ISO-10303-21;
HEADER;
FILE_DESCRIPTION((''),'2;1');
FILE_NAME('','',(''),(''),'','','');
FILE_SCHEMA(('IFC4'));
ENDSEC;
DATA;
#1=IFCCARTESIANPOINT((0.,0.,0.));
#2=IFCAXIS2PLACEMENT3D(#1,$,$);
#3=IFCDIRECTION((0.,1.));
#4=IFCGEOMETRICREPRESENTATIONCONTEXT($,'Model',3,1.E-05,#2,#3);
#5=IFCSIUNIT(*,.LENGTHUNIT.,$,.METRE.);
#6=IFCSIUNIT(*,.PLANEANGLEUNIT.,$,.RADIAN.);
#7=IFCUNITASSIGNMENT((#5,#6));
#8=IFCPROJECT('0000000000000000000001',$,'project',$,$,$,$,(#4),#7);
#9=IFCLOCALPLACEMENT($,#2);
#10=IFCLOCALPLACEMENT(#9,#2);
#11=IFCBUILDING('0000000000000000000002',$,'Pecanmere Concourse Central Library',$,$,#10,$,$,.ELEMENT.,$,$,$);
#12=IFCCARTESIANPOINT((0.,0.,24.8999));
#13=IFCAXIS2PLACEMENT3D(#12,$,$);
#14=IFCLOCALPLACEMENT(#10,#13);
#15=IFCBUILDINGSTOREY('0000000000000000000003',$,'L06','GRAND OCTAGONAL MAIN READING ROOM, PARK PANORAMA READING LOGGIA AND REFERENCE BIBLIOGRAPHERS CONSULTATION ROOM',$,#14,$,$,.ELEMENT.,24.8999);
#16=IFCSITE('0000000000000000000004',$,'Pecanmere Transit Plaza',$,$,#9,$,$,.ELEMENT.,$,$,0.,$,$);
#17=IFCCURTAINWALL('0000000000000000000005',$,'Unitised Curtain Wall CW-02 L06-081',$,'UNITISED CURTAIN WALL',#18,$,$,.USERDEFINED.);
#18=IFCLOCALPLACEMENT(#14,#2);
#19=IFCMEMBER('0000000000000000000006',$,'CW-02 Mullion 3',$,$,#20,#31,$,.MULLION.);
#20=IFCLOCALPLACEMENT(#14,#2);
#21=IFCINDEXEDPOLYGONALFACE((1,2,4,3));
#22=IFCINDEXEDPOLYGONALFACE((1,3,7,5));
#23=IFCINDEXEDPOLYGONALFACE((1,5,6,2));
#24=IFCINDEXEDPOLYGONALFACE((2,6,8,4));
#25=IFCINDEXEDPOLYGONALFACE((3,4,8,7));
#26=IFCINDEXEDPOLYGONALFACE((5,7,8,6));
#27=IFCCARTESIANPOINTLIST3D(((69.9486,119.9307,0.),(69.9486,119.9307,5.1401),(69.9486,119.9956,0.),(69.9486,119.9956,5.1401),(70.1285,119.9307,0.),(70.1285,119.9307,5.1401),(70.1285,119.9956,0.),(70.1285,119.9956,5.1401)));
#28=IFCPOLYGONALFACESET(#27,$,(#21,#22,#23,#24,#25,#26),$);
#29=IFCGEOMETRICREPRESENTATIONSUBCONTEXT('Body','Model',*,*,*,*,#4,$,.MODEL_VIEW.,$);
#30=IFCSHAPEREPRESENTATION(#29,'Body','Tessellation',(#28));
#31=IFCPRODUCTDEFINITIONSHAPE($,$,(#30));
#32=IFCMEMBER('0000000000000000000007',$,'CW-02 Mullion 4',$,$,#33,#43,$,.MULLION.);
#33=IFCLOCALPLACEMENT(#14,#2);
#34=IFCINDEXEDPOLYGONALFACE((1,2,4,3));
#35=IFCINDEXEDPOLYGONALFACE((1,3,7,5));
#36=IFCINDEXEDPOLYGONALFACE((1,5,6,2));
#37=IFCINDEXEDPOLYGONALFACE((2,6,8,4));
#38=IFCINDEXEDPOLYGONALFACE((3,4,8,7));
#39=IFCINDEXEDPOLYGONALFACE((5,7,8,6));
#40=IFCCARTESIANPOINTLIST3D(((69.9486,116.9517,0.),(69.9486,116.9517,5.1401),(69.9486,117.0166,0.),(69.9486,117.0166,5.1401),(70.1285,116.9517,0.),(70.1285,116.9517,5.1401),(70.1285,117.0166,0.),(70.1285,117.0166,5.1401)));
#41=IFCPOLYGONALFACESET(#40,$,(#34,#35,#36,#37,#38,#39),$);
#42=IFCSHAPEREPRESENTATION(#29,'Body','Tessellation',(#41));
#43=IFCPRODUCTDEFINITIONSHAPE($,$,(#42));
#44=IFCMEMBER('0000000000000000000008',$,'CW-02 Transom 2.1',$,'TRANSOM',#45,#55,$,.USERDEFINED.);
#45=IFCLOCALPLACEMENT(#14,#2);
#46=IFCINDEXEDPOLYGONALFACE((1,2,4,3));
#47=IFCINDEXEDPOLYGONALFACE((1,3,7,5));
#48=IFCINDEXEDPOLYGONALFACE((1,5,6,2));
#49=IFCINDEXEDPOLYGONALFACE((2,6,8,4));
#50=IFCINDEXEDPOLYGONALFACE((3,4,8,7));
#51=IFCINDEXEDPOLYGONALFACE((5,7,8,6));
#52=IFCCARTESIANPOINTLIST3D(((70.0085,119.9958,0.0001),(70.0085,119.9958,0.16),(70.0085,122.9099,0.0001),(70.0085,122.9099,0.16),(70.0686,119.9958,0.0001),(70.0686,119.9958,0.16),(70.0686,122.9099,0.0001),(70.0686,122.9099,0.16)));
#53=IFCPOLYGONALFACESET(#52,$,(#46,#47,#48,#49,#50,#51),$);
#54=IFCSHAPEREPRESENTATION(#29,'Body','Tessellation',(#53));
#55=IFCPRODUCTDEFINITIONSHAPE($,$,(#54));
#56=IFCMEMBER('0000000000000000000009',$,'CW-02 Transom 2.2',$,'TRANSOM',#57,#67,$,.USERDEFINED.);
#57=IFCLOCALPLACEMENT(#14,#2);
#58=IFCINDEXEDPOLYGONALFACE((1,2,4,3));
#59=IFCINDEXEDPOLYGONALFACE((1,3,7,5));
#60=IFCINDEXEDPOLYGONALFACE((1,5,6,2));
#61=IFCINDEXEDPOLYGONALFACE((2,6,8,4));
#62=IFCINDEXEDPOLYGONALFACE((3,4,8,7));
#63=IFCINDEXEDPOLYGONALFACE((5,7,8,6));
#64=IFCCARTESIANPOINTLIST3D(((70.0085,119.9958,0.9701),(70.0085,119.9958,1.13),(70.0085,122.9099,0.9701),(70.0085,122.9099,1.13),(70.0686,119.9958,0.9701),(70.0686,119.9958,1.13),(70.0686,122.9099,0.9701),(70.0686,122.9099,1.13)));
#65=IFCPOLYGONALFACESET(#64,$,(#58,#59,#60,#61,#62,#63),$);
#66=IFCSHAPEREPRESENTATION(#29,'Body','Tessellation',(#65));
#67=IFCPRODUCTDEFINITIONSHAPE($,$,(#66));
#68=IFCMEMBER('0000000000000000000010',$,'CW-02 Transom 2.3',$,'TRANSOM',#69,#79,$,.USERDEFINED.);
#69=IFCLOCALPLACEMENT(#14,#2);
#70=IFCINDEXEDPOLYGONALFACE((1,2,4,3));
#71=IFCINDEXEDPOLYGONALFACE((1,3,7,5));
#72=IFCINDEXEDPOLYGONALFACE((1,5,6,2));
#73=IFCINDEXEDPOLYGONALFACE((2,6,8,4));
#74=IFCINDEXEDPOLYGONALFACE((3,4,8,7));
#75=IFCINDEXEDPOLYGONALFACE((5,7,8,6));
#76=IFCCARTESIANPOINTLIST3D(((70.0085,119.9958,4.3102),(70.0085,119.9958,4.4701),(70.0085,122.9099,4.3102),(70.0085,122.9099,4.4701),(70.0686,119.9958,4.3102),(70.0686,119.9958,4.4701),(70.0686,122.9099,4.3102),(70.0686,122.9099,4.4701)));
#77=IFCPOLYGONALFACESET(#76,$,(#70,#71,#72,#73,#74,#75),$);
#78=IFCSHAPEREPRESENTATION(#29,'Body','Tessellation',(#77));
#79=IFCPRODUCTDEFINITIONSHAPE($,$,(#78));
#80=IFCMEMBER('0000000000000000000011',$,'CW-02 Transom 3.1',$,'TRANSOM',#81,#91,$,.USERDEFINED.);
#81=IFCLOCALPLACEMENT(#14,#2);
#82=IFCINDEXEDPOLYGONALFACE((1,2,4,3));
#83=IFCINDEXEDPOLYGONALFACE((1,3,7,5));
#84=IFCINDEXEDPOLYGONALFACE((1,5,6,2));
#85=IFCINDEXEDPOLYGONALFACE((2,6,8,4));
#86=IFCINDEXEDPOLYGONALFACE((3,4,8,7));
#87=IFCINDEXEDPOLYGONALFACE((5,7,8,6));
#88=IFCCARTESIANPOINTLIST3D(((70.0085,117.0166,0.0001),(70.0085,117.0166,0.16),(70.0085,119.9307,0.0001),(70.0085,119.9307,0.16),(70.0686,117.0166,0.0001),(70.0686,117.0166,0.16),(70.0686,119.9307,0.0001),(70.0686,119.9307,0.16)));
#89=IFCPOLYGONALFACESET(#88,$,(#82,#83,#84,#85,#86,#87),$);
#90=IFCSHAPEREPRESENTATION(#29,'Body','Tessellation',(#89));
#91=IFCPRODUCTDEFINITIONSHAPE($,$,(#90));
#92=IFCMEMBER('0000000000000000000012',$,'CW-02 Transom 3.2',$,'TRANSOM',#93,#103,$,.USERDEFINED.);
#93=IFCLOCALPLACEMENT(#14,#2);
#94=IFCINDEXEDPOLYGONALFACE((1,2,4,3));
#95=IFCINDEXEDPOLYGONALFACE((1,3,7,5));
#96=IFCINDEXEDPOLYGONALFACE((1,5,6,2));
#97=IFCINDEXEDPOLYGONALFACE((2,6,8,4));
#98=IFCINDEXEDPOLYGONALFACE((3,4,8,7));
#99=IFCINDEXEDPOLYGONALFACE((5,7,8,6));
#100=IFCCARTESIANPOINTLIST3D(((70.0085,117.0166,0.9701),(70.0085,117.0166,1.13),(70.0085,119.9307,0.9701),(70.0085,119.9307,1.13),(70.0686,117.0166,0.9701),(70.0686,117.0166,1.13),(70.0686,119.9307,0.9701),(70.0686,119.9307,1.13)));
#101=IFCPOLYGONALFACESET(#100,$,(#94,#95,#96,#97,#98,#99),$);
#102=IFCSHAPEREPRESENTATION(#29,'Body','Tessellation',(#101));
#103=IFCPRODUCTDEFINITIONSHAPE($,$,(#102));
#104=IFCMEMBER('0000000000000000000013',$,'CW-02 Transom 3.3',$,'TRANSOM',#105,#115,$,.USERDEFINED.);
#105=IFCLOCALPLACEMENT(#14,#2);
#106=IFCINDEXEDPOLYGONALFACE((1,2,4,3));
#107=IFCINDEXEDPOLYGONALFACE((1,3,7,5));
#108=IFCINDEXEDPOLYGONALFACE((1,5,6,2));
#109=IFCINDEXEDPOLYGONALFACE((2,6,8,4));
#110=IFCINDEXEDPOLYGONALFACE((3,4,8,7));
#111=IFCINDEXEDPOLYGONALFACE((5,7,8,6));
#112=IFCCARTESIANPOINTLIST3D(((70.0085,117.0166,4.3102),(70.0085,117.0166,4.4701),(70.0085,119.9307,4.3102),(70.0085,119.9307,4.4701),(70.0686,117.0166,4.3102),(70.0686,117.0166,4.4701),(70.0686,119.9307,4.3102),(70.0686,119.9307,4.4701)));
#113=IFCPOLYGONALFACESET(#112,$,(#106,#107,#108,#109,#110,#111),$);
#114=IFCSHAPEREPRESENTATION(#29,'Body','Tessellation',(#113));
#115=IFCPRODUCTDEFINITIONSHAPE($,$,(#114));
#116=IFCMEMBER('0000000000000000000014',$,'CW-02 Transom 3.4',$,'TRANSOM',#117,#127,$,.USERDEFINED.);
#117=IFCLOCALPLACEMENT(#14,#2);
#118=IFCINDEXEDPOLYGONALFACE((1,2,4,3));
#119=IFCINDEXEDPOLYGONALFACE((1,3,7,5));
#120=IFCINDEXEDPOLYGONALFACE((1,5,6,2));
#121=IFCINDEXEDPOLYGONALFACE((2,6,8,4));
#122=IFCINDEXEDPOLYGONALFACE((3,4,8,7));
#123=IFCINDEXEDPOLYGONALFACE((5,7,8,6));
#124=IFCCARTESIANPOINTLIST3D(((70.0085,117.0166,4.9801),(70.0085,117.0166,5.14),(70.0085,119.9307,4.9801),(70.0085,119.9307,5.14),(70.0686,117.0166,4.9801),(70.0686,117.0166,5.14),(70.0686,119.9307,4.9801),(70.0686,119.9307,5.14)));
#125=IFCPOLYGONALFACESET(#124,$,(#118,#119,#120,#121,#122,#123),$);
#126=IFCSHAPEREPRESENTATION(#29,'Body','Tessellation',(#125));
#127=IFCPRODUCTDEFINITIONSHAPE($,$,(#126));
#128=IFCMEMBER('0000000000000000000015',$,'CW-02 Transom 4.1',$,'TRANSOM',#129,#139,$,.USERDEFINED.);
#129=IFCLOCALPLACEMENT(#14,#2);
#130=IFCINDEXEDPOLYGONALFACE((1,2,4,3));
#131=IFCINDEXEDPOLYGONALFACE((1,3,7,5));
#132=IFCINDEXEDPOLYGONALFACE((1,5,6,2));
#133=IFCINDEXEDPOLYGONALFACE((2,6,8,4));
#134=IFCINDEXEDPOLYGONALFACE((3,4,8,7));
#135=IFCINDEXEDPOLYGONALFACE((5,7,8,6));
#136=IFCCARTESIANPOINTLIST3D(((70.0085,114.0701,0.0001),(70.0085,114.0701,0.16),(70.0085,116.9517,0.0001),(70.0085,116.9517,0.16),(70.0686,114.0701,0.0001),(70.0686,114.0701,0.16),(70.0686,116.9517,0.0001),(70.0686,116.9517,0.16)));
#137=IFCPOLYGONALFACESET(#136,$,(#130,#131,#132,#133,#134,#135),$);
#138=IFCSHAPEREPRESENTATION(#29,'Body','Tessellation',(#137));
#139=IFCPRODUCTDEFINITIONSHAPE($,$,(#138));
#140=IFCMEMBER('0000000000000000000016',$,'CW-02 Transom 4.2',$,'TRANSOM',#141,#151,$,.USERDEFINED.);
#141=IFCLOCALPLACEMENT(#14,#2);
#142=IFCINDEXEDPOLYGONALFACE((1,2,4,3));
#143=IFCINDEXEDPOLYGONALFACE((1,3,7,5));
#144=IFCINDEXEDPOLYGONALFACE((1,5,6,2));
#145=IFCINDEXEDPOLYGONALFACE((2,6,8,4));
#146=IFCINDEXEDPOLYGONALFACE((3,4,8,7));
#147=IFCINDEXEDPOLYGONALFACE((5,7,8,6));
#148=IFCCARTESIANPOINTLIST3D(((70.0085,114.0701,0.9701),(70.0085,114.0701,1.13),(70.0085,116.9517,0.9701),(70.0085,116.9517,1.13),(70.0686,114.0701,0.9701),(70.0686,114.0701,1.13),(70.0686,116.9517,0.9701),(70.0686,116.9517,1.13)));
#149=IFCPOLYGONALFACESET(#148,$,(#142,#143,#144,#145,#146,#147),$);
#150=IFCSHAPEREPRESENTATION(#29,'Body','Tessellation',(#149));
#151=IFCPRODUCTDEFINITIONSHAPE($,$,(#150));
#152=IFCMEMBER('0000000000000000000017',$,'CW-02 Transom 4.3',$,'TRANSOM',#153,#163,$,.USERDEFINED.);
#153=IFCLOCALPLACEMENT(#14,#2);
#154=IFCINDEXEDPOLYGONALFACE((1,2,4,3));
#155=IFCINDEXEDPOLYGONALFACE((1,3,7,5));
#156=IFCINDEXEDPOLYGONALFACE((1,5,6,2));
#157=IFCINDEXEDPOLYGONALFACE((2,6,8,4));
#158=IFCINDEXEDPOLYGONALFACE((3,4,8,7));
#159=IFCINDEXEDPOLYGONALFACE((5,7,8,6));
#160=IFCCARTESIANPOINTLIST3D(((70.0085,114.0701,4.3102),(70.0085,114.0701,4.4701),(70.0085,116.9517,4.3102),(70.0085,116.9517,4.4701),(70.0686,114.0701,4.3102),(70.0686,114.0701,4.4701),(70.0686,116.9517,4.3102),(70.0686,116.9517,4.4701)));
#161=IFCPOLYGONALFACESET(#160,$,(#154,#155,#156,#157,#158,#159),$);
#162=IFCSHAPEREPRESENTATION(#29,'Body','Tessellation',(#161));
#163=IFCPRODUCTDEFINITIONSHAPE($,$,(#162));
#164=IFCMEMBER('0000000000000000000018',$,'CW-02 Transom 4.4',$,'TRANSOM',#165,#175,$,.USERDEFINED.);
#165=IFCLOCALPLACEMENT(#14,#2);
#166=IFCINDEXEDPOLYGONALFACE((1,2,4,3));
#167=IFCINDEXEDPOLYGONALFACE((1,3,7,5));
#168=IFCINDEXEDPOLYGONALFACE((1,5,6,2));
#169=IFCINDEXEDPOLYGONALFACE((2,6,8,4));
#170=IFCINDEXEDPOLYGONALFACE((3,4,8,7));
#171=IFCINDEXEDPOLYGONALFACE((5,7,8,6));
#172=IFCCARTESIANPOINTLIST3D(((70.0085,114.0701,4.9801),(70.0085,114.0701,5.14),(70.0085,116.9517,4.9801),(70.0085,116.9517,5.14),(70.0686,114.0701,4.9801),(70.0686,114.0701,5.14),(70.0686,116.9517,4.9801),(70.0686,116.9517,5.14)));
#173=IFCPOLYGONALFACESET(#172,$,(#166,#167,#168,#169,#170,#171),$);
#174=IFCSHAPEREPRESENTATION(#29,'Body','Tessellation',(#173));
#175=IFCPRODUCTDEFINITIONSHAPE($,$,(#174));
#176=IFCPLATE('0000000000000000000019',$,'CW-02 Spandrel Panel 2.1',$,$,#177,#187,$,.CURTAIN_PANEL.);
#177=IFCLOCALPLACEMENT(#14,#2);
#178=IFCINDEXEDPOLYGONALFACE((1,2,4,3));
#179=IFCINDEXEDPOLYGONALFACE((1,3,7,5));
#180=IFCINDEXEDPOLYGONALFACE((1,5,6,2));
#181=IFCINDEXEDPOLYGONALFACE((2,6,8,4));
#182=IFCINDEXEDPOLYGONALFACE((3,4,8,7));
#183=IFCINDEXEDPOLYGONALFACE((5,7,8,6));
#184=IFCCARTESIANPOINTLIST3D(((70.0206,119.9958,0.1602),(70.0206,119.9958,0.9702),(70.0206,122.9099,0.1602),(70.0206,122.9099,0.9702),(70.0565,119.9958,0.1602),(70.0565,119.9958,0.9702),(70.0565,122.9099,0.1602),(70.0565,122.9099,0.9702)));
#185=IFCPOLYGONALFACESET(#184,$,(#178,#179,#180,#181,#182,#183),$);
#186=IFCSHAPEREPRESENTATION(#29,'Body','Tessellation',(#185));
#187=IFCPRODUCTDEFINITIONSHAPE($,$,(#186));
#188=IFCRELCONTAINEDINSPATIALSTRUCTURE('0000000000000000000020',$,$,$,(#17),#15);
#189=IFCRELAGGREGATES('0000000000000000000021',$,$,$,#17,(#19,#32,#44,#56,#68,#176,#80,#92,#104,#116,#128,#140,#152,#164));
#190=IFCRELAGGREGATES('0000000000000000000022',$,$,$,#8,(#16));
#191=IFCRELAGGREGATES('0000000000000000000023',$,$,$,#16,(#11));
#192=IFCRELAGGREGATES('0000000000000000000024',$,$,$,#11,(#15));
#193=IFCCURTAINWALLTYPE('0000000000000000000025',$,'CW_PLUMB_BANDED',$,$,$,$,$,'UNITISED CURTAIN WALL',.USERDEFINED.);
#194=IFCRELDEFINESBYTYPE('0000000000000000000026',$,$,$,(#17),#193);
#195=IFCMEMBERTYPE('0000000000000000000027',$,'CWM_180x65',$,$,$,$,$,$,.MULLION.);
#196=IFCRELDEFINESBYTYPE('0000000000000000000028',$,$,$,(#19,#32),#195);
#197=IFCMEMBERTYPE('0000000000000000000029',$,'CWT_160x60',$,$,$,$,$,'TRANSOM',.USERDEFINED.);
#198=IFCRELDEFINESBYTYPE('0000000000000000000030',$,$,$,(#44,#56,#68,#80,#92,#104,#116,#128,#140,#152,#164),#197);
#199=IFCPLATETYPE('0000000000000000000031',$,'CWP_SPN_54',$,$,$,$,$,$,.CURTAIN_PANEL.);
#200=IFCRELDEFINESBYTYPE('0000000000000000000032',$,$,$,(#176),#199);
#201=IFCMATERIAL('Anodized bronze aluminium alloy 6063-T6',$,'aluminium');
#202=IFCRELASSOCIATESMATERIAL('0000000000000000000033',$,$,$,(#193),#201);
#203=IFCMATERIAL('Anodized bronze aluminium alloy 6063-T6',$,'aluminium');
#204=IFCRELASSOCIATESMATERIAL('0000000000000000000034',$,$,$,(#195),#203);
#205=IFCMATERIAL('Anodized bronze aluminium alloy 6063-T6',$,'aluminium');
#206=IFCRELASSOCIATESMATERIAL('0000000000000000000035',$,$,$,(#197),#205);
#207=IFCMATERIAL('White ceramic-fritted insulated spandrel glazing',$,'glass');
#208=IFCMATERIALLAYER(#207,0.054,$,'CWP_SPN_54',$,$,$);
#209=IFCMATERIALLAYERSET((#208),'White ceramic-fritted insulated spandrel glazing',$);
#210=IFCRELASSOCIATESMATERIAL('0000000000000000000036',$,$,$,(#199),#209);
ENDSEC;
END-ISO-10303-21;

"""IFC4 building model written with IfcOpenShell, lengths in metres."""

from ifc_helpers import new_model, si_unit, direction, frame, origin, origin_2d, place, context, subcontext, project, spatial, rectangle, extrude, material, layer, layer_set, material_profile, profile_set, type_object, element, aggregate, save


model = new_model("IFC4")

# Units and contexts
model_context = context("Model", 3, precision=1e-05, world=origin(), true_north=direction((0.0, 1.0)))
body_context = subcontext(model_context, "Body", "Model", "MODEL_VIEW")
ifc_project = project(units=[si_unit("LENGTHUNIT", "METRE"), si_unit("PLANEANGLEUNIT", "RADIAN")], contexts=[model_context])

# Site, building, storey
site_placement = place(None, origin())
site = spatial("IfcSite", under=ifc_project, at=site_placement, Name="Pecanmere Transit Plaza", CompositionType="ELEMENT", RefElevation=0.0)
building_placement = place(site_placement, origin())
building = spatial("IfcBuilding", under=site, at=building_placement, Name="Pecanmere Concourse Central Library", CompositionType="ELEMENT")
storey_placement = place(building_placement, frame((0.0, 0.0, 24.8999)))
storey = spatial("IfcBuildingStorey", under=building, at=storey_placement, Name="L06", Description="GRAND OCTAGONAL MAIN READING ROOM, PARK PANORAMA READING LOGGIA AND REFERENCE BIBLIOGRAPHERS CONSULTATION ROOM", CompositionType="ELEMENT", Elevation=24.8999)

# Curtain wall, members, plate
ifc_material_1 = material(Name="Anodized bronze aluminium alloy 6063-T6", Category="aluminium")
curtain_wall_type = type_object("IfcCurtainWallType", Name="CW_PLUMB_BANDED", ElementType="UNITISED CURTAIN WALL", PredefinedType="USERDEFINED", material=ifc_material_1)
curtain_wall_placement = place(storey_placement, origin())
curtain_wall = element("IfcCurtainWall", 1, at=curtain_wall_placement, inside=storey, type_object=curtain_wall_type, Name="Unitised Curtain Wall CW-02 L06-081", ObjectType="UNITISED CURTAIN WALL", PredefinedType="USERDEFINED")
ifc_material_2 = material(Name="Anodized bronze aluminium alloy 6063-T6", Category="aluminium")
ifc_material_profile_1 = material_profile(ifc_material_2, rectangle(XDim=0.0649, YDim=0.1799, at=origin_2d()), Name="AL 65x180")
ifc_profile_set_1 = profile_set([ifc_material_profile_1], Name="Anodized bronze aluminium alloy 6063-T6")
member_type_1 = type_object("IfcMemberType", Name="CWM_180x65", PredefinedType="MULLION", material=ifc_profile_set_1)
member_1_placement = place(storey_placement, frame((70.0386, 119.9631, 0.0), z_axis=(0.0, 0.0, 1.0), x_axis=(0.0, -1.0, 0.0)))
member_1 = element("IfcMember", 2, at=member_1_placement, type_object=member_type_1, Name="CW-02 Mullion 3", PredefinedType="MULLION", context=body_context, shape_type="SweptSolid", body=[
    extrude(rectangle(XDim=0.0649, YDim=0.1799, at=origin_2d()), origin(), (0.0, 0.0, 1.0), 5.1401),
])
member_2_placement = place(storey_placement, frame((70.0386, 116.9841, 0.0), z_axis=(0.0, 0.0, 1.0), x_axis=(0.0, -1.0, 0.0)))
member_2 = element("IfcMember", 3, at=member_2_placement, type_object=member_type_1, Name="CW-02 Mullion 4", PredefinedType="MULLION", context=body_context, shape_type="SweptSolid", body=[
    extrude(rectangle(XDim=0.0649, YDim=0.1799, at=origin_2d()), origin(), (0.0, 0.0, 1.0), 5.1401),
])
ifc_material_3 = material(Name="Anodized bronze aluminium alloy 6063-T6", Category="aluminium")
ifc_material_profile_2 = material_profile(ifc_material_3, rectangle(XDim=0.0601, YDim=0.1599, at=origin_2d()), Name="AL 60x160")
ifc_profile_set_2 = profile_set([ifc_material_profile_2], Name="Anodized bronze aluminium alloy 6063-T6")
member_type_2 = type_object("IfcMemberType", Name="CWT_160x60", ElementType="TRANSOM", PredefinedType="USERDEFINED", material=ifc_profile_set_2)
member_3_placement = place(storey_placement, frame((70.0386, 122.9099, 0.0801), z_axis=(0.0, -1.0, 0.0), x_axis=(1.0, 0.0, 0.0)))
member_3 = element("IfcMember", 4, at=member_3_placement, type_object=member_type_2, Name="CW-02 Transom 2.1", ObjectType="TRANSOM", PredefinedType="USERDEFINED", context=body_context, shape_type="SweptSolid", body=[
    extrude(rectangle(XDim=0.0601, YDim=0.1599, at=origin_2d()), origin(), (0.0, 0.0, 1.0), 2.9141),
])
member_4_placement = place(storey_placement, frame((70.0386, 122.9099, 1.05), z_axis=(0.0, -1.0, 0.0), x_axis=(1.0, 0.0, 0.0)))
member_4 = element("IfcMember", 5, at=member_4_placement, type_object=member_type_2, Name="CW-02 Transom 2.2", ObjectType="TRANSOM", PredefinedType="USERDEFINED", context=body_context, shape_type="SweptSolid", body=[
    extrude(rectangle(XDim=0.0601, YDim=0.1599, at=origin_2d()), origin(), (0.0, 0.0, 1.0), 2.9141),
])
member_5_placement = place(storey_placement, frame((70.0386, 122.9099, 4.3901), z_axis=(0.0, -1.0, 0.0), x_axis=(1.0, 0.0, 0.0)))
member_5 = element("IfcMember", 6, at=member_5_placement, type_object=member_type_2, Name="CW-02 Transom 2.3", ObjectType="TRANSOM", PredefinedType="USERDEFINED", context=body_context, shape_type="SweptSolid", body=[
    extrude(rectangle(XDim=0.0601, YDim=0.1599, at=origin_2d()), origin(), (0.0, 0.0, 1.0), 2.9141),
])
member_6_placement = place(storey_placement, frame((70.0386, 119.9307, 0.0801), z_axis=(0.0, -1.0, 0.0), x_axis=(1.0, 0.0, 0.0)))
member_6 = element("IfcMember", 7, at=member_6_placement, type_object=member_type_2, Name="CW-02 Transom 3.1", ObjectType="TRANSOM", PredefinedType="USERDEFINED", context=body_context, shape_type="SweptSolid", body=[
    extrude(rectangle(XDim=0.0601, YDim=0.1599, at=origin_2d()), origin(), (0.0, 0.0, 1.0), 2.9141),
])
member_7_placement = place(storey_placement, frame((70.0386, 119.9307, 1.05), z_axis=(0.0, -1.0, 0.0), x_axis=(1.0, 0.0, 0.0)))
member_7 = element("IfcMember", 8, at=member_7_placement, type_object=member_type_2, Name="CW-02 Transom 3.2", ObjectType="TRANSOM", PredefinedType="USERDEFINED", context=body_context, shape_type="SweptSolid", body=[
    extrude(rectangle(XDim=0.0601, YDim=0.1599, at=origin_2d()), origin(), (0.0, 0.0, 1.0), 2.9141),
])
member_8_placement = place(storey_placement, frame((70.0386, 119.9307, 4.3901), z_axis=(0.0, -1.0, 0.0), x_axis=(1.0, 0.0, 0.0)))
member_8 = element("IfcMember", 9, at=member_8_placement, type_object=member_type_2, Name="CW-02 Transom 3.3", ObjectType="TRANSOM", PredefinedType="USERDEFINED", context=body_context, shape_type="SweptSolid", body=[
    extrude(rectangle(XDim=0.0601, YDim=0.1599, at=origin_2d()), origin(), (0.0, 0.0, 1.0), 2.9141),
])
member_9_placement = place(storey_placement, frame((70.0386, 119.9307, 5.0601), z_axis=(0.0, -1.0, 0.0), x_axis=(1.0, 0.0, 0.0)))
member_9 = element("IfcMember", 10, at=member_9_placement, type_object=member_type_2, Name="CW-02 Transom 3.4", ObjectType="TRANSOM", PredefinedType="USERDEFINED", context=body_context, shape_type="SweptSolid", body=[
    extrude(rectangle(XDim=0.0601, YDim=0.1599, at=origin_2d()), origin(), (0.0, 0.0, 1.0), 2.9141),
])
member_10_placement = place(storey_placement, frame((70.0386, 116.9517, 0.0801), z_axis=(0.0, -1.0, 0.0), x_axis=(1.0, 0.0, 0.0)))
member_10 = element("IfcMember", 11, at=member_10_placement, type_object=member_type_2, Name="CW-02 Transom 4.1", ObjectType="TRANSOM", PredefinedType="USERDEFINED", context=body_context, shape_type="SweptSolid", body=[
    extrude(rectangle(XDim=0.0601, YDim=0.1599, at=origin_2d()), origin(), (0.0, 0.0, 1.0), 2.8816),
])
member_11_placement = place(storey_placement, frame((70.0386, 116.9517, 1.05), z_axis=(0.0, -1.0, 0.0), x_axis=(1.0, 0.0, 0.0)))
member_11 = element("IfcMember", 12, at=member_11_placement, type_object=member_type_2, Name="CW-02 Transom 4.2", ObjectType="TRANSOM", PredefinedType="USERDEFINED", context=body_context, shape_type="SweptSolid", body=[
    extrude(rectangle(XDim=0.0601, YDim=0.1599, at=origin_2d()), origin(), (0.0, 0.0, 1.0), 2.8816),
])
member_12_placement = place(storey_placement, frame((70.0386, 116.9517, 4.3901), z_axis=(0.0, -1.0, 0.0), x_axis=(1.0, 0.0, 0.0)))
member_12 = element("IfcMember", 13, at=member_12_placement, type_object=member_type_2, Name="CW-02 Transom 4.3", ObjectType="TRANSOM", PredefinedType="USERDEFINED", context=body_context, shape_type="SweptSolid", body=[
    extrude(rectangle(XDim=0.0601, YDim=0.1599, at=origin_2d()), origin(), (0.0, 0.0, 1.0), 2.8816),
])
member_13_placement = place(storey_placement, frame((70.0386, 116.9517, 5.0601), z_axis=(0.0, -1.0, 0.0), x_axis=(1.0, 0.0, 0.0)))
member_13 = element("IfcMember", 14, at=member_13_placement, type_object=member_type_2, Name="CW-02 Transom 4.4", ObjectType="TRANSOM", PredefinedType="USERDEFINED", context=body_context, shape_type="SweptSolid", body=[
    extrude(rectangle(XDim=0.0601, YDim=0.1599, at=origin_2d()), origin(), (0.0, 0.0, 1.0), 2.8816),
])
ifc_material_4 = material(Name="White ceramic-fritted insulated spandrel glazing", Category="glass")
ifc_layer_1 = layer(ifc_material_4, 0.054, Name="CWP_SPN_54")
ifc_layer_set_1 = layer_set([ifc_layer_1], Name="White ceramic-fritted insulated spandrel glazing")
plate_type_1 = type_object("IfcPlateType", Name="CWP_SPN_54", PredefinedType="CURTAIN_PANEL", material=ifc_layer_set_1)
plate_1_placement = place(storey_placement, frame((70.0386, 121.4529, 0.1602), z_axis=(0.0, 0.0, 1.0), x_axis=(0.0, -1.0, 0.0)))
plate_1 = element("IfcPlate", 15, at=plate_1_placement, type_object=plate_type_1, Name="CW-02 Spandrel Panel 2.1", PredefinedType="CURTAIN_PANEL", context=body_context, shape_type="SweptSolid", body=[
    extrude(rectangle(XDim=2.9141, YDim=0.0359, at=origin_2d()), origin(), (0.0, 0.0, 1.0), 0.8101),
])
aggregate(curtain_wall, [member_1, member_2, member_3, member_4, member_5, plate_1, member_6, member_7, member_8, member_9, member_10, member_11, member_12, member_13])

save(model, "model.ifc")
